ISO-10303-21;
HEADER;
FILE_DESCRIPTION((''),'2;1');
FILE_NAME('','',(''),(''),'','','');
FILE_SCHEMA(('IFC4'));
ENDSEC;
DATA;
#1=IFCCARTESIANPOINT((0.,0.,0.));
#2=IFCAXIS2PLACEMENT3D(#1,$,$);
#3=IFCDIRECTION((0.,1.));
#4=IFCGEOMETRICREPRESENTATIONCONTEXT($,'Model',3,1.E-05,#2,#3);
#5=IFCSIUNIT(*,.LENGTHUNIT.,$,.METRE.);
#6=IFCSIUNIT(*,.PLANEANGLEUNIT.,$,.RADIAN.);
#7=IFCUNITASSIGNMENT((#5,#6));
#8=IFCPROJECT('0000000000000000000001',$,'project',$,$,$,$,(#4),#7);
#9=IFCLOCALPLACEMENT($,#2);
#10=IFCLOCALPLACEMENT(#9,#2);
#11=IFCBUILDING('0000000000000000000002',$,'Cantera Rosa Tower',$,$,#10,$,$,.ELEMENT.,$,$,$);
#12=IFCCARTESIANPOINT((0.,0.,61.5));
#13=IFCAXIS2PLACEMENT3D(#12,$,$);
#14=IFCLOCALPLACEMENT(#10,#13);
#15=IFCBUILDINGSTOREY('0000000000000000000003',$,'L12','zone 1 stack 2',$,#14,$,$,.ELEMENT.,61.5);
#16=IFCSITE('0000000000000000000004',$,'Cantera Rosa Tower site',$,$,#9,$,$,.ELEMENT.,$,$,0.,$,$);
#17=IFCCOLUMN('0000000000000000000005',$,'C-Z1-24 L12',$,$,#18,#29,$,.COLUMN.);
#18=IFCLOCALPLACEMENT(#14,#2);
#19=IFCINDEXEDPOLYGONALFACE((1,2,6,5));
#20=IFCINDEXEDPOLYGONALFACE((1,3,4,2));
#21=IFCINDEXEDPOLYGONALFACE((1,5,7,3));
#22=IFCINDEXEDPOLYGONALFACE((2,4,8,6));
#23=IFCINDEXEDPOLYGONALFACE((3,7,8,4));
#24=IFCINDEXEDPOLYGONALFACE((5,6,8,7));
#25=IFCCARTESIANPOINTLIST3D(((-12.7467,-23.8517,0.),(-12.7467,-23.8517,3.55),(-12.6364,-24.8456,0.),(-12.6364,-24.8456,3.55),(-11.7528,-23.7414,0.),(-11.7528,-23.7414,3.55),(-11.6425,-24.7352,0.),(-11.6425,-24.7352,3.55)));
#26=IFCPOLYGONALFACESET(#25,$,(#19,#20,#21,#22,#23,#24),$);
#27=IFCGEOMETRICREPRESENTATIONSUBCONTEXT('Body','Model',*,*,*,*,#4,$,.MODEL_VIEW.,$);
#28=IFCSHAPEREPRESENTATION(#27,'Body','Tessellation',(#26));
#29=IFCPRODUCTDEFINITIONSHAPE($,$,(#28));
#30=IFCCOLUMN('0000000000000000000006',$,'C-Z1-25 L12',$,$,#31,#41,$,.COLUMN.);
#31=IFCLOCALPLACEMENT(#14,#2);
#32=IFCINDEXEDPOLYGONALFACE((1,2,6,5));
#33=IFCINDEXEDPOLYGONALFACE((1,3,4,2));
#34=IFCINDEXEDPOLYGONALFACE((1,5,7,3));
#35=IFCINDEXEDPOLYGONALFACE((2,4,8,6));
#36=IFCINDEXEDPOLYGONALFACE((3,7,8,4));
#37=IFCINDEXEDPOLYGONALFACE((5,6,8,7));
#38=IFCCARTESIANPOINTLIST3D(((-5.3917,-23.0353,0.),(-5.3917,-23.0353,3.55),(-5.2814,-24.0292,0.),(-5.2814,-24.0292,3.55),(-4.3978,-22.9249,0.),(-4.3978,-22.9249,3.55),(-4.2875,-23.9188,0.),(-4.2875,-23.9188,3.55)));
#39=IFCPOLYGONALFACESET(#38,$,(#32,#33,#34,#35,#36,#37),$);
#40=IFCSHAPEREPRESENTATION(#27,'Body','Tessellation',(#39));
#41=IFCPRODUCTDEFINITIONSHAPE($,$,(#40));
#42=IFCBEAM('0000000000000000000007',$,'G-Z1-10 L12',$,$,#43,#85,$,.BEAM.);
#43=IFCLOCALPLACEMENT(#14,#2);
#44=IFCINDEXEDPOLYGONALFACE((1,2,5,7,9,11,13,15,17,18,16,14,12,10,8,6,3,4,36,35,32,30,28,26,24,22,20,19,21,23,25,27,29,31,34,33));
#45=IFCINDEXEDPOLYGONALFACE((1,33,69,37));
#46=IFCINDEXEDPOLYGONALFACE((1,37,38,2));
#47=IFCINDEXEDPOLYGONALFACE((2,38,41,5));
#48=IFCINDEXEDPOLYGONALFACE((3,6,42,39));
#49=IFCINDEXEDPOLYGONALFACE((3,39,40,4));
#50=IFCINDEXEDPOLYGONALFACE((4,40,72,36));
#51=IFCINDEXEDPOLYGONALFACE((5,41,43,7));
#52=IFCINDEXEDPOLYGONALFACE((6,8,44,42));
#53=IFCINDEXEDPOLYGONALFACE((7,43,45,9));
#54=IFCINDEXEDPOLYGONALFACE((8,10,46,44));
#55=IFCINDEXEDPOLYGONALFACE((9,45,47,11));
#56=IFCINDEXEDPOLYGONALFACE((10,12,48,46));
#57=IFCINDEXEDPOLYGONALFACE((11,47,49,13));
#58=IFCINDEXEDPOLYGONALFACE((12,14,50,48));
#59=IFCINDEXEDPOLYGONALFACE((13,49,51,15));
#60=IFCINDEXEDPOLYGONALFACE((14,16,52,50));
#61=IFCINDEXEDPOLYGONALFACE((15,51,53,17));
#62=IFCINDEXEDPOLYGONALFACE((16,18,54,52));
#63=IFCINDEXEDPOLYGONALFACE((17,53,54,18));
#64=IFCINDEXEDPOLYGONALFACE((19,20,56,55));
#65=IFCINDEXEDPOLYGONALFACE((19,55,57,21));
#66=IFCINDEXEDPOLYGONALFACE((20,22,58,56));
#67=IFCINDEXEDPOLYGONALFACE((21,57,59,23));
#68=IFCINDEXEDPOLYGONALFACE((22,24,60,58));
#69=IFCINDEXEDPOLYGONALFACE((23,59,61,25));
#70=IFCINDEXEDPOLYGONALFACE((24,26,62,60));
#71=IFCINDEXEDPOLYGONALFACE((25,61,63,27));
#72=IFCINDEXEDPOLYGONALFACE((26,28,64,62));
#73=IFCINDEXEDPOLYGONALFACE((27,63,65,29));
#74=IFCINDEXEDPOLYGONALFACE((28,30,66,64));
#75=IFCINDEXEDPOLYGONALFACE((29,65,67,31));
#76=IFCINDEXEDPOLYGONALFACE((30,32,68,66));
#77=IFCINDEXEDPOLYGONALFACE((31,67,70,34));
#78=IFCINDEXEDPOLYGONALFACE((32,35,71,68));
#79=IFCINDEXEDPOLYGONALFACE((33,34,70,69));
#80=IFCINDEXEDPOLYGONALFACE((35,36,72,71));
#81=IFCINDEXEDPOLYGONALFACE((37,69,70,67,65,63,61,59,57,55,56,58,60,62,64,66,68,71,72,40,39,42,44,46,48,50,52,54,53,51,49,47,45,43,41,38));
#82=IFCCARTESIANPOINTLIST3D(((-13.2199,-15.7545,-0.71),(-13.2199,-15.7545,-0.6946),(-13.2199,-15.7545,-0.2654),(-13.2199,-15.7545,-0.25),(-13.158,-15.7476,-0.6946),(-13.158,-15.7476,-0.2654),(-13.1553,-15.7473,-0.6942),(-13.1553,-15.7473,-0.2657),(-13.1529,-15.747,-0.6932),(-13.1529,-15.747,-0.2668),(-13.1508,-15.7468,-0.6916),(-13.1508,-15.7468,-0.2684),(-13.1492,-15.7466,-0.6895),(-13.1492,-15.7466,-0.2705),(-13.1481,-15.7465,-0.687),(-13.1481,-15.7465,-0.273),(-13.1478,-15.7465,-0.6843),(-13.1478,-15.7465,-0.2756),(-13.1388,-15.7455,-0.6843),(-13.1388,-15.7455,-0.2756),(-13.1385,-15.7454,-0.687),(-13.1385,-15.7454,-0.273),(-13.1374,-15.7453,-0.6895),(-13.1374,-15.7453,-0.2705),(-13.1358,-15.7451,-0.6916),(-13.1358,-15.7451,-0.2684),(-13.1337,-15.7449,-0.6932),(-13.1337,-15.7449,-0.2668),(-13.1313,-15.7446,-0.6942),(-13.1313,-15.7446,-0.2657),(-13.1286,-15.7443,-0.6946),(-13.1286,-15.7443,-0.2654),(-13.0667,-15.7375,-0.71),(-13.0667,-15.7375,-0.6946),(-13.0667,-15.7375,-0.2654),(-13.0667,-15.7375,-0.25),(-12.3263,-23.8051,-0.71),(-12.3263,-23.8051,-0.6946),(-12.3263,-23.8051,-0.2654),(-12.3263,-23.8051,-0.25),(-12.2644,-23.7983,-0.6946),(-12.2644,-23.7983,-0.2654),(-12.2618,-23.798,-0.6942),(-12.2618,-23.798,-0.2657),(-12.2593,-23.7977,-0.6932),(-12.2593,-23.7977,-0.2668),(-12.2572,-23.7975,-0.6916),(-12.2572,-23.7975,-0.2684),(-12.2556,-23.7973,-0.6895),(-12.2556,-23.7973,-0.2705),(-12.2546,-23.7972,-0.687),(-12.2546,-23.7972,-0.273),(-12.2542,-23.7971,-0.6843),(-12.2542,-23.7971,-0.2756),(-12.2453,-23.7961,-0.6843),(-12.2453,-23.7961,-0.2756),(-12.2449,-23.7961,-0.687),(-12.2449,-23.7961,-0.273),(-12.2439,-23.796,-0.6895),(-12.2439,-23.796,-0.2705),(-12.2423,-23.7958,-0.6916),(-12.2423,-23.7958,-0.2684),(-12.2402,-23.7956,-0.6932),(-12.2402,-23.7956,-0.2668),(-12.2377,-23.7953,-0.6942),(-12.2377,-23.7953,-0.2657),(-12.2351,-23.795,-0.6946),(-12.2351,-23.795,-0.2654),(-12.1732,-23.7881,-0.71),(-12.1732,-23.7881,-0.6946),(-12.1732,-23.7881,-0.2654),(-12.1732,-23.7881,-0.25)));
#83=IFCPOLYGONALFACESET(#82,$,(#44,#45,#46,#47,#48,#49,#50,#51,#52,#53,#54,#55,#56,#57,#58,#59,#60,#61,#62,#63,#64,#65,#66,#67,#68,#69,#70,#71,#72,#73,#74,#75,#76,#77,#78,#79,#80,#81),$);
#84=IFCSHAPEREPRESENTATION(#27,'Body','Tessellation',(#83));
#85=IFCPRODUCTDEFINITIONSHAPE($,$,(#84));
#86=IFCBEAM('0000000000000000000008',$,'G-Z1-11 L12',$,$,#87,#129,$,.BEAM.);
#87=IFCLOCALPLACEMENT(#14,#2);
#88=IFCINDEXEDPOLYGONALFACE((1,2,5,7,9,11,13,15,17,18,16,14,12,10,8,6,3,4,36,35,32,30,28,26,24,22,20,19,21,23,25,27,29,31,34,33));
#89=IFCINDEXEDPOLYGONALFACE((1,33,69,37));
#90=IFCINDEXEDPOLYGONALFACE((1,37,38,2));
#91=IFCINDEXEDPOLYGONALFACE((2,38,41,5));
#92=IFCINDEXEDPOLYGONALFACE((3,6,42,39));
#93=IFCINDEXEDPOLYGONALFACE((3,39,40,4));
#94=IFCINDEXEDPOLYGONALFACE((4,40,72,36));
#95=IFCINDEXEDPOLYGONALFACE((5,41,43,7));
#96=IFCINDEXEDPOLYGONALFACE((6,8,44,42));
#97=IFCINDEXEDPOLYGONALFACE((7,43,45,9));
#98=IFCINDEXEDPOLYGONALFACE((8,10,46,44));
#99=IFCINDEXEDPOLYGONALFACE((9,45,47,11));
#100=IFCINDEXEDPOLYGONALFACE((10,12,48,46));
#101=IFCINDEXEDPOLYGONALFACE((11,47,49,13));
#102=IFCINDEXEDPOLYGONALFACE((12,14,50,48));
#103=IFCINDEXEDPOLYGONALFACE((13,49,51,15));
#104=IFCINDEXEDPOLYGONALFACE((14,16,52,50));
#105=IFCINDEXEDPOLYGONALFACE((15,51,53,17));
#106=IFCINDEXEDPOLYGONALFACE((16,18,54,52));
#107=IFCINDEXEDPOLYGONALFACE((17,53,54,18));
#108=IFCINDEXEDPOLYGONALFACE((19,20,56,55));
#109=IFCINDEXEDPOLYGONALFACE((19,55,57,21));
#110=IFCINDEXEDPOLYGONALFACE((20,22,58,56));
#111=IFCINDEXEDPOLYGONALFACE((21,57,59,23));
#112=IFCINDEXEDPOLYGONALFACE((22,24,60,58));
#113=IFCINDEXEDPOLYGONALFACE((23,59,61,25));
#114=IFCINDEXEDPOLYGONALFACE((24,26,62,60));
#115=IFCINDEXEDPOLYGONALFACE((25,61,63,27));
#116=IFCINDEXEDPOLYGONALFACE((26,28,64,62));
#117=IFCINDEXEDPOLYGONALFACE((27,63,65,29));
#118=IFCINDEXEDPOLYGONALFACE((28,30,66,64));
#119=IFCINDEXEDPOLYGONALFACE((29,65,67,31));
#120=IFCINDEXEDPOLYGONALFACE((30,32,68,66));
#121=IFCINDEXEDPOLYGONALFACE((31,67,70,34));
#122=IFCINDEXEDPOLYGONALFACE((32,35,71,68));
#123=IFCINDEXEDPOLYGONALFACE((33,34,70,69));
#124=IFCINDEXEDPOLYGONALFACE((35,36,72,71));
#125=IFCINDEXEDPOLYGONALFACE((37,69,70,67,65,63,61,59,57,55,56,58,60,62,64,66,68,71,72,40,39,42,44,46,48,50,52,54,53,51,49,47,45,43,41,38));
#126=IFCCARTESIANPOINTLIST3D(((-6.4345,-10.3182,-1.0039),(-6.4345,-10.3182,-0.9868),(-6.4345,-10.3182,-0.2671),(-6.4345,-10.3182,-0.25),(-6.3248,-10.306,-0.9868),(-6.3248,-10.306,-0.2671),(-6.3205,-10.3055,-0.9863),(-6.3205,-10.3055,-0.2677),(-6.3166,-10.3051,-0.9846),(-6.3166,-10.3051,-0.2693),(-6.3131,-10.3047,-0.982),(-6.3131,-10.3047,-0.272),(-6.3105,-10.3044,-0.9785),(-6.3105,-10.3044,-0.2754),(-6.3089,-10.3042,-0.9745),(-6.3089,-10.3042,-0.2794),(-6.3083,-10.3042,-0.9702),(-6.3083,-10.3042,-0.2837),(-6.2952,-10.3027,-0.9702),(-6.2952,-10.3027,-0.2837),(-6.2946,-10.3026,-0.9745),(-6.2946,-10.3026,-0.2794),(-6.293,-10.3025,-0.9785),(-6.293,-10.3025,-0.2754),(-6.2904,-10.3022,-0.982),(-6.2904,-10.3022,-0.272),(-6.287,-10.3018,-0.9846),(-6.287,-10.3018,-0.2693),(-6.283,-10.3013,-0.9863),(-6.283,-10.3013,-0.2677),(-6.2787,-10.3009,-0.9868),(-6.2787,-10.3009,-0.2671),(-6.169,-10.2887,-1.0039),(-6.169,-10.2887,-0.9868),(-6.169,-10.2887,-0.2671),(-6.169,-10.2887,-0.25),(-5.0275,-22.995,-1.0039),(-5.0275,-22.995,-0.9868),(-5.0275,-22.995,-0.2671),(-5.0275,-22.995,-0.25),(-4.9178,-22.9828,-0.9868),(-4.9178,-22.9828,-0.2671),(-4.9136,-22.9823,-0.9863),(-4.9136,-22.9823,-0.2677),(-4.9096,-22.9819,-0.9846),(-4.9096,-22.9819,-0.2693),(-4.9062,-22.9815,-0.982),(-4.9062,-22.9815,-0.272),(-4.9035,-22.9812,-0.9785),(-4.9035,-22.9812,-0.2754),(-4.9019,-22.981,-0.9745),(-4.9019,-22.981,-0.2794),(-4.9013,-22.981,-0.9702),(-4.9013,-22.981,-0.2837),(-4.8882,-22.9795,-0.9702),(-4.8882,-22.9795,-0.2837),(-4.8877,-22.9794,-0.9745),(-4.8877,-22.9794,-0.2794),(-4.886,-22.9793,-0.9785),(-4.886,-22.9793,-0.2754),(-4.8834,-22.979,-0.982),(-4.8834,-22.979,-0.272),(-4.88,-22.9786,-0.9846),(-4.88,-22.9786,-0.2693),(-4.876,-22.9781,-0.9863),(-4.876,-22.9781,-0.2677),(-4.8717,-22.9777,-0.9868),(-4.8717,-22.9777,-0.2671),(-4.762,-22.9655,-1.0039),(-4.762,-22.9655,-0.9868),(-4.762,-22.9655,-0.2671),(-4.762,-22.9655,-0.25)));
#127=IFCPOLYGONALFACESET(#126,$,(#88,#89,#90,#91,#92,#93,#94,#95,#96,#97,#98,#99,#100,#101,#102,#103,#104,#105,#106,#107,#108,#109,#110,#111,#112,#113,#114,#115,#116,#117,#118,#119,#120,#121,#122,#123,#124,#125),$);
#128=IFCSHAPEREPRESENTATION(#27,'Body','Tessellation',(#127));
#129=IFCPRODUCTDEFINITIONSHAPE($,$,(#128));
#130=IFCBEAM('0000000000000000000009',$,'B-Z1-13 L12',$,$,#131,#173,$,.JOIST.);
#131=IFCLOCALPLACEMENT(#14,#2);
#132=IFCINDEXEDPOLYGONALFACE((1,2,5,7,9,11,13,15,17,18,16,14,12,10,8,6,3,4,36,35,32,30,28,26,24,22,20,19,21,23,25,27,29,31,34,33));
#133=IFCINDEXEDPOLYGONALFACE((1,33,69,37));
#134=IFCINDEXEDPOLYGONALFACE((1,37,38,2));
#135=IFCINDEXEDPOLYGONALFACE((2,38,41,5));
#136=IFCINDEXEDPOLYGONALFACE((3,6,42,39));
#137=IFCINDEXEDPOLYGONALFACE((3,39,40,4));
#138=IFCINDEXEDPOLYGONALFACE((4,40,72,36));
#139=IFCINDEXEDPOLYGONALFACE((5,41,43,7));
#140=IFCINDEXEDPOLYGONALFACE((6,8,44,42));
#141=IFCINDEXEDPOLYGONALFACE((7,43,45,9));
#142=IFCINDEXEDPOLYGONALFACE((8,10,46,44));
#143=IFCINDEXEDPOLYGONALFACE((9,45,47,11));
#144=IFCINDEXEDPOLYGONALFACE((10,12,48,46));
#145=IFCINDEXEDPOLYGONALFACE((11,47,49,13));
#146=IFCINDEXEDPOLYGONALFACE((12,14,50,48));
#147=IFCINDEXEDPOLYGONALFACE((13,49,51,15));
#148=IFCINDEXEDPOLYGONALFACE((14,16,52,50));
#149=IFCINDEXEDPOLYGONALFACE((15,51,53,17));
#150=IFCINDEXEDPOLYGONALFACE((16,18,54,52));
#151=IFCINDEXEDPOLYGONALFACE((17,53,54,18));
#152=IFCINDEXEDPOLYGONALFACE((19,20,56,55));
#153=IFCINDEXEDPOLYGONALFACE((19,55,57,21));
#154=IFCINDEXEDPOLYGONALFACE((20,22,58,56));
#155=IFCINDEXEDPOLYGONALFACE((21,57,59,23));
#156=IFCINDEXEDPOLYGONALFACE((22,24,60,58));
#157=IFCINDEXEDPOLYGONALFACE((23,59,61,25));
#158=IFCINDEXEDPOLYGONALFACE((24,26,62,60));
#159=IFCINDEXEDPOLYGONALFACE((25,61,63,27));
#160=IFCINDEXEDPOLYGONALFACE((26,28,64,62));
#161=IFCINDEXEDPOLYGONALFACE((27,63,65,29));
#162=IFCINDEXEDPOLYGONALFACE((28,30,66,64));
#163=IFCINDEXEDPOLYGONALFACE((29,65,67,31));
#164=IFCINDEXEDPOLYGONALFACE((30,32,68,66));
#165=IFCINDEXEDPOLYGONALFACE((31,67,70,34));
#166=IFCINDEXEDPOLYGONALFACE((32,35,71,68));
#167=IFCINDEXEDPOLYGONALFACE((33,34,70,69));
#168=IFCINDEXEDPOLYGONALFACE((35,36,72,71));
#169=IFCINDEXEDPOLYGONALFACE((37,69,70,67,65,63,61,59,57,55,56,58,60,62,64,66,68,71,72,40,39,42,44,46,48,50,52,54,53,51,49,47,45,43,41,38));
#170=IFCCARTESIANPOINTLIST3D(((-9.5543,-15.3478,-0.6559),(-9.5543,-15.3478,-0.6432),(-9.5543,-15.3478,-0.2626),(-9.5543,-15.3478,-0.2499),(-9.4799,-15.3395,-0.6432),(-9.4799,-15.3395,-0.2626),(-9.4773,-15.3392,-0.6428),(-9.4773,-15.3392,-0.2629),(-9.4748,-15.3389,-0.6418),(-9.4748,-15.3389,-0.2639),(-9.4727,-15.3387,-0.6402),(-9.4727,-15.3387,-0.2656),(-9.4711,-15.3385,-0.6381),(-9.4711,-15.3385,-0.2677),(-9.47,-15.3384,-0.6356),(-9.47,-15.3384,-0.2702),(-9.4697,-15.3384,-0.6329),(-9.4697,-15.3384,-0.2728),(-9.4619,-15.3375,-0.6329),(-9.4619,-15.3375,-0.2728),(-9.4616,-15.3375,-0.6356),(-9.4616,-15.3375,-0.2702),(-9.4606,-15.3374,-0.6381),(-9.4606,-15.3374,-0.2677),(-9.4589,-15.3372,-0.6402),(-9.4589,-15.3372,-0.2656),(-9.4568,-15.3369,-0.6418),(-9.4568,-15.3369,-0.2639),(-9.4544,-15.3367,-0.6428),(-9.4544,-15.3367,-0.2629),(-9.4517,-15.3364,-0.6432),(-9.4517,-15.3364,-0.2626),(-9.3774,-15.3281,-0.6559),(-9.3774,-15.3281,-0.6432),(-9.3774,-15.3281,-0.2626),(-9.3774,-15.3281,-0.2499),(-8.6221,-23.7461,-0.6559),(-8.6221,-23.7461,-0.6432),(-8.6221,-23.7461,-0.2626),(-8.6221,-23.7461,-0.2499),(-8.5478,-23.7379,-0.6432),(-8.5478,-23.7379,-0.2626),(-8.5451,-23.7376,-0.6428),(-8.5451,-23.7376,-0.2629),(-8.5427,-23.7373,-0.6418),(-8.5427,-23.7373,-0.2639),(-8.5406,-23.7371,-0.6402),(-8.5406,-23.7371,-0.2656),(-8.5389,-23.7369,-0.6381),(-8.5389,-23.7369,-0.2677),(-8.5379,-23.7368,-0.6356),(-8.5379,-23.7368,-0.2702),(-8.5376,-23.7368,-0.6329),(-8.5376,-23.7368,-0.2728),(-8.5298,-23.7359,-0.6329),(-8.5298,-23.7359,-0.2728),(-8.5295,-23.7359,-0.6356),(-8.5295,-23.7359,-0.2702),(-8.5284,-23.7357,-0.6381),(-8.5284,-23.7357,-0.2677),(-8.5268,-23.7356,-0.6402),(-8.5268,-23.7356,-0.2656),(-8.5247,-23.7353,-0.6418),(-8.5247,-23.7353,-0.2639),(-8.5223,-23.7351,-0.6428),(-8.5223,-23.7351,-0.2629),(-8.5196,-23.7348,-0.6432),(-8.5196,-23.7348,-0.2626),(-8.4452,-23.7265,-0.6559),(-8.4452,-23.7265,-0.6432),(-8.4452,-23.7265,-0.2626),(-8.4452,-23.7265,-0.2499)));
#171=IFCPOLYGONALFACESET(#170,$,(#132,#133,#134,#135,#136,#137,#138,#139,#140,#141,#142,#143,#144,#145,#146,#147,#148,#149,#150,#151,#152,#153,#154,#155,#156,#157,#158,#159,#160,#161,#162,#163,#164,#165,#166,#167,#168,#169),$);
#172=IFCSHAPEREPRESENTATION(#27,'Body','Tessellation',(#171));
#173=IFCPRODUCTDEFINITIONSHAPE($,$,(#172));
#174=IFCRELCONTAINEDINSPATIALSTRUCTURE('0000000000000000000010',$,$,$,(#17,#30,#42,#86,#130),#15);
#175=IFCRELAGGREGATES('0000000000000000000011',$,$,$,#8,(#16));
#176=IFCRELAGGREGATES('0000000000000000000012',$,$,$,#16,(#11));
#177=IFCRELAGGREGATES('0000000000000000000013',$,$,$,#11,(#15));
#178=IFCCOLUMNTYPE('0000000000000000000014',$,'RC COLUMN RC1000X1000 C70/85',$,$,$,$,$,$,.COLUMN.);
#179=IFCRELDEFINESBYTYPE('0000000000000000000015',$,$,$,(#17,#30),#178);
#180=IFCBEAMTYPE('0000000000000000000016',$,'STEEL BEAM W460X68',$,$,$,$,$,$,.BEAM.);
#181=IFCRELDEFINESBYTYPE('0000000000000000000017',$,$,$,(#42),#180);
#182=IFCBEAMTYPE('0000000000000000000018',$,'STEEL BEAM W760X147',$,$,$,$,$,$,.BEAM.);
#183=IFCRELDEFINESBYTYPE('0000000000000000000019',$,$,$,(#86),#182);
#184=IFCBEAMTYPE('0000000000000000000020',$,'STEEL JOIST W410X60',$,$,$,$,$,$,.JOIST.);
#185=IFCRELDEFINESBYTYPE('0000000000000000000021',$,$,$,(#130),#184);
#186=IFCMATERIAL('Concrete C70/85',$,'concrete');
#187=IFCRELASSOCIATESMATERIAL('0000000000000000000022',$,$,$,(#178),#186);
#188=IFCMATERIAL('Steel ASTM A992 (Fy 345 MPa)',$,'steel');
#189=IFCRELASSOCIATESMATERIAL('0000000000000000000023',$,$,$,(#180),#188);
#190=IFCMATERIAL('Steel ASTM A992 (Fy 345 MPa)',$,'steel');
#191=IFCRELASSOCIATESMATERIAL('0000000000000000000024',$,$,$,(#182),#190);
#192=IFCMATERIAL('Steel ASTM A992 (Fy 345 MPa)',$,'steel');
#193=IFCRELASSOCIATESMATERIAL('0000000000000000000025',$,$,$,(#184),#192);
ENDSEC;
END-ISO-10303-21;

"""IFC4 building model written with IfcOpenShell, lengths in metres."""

from ifc_helpers import new_model, si_unit, direction, frame, origin, origin_2d, place, context, subcontext, project, spatial, rectangle, i_section, extrude, material, material_profile, profile_set, type_object, element, save


model = new_model("IFC4")

# Units and contexts
model_context = context("Model", 3, precision=1e-05, world=origin(), true_north=direction((0.0, 1.0)))
body_context = subcontext(model_context, "Body", "Model", "MODEL_VIEW")
ifc_project = project(units=[si_unit("LENGTHUNIT", "METRE"), si_unit("PLANEANGLEUNIT", "RADIAN")], contexts=[model_context])

# Site, building, storey
site_placement = place(None, origin())
site = spatial("IfcSite", under=ifc_project, at=site_placement, Name="Cantera Rosa Tower site", CompositionType="ELEMENT", RefElevation=0.0)
building_placement = place(site_placement, origin())
building = spatial("IfcBuilding", under=site, at=building_placement, Name="Cantera Rosa Tower", CompositionType="ELEMENT")
storey_placement = place(building_placement, frame((0.0, 0.0, 61.5)))
storey = spatial("IfcBuildingStorey", under=building, at=storey_placement, Name="L12", Description="zone 1 stack 2", CompositionType="ELEMENT", Elevation=61.5)

# Columns
ifc_material_1 = material(Name="Concrete C70/85", Category="concrete")
ifc_material_profile_1 = material_profile(ifc_material_1, rectangle(XDim=1.0, YDim=1.0, at=origin_2d()), Name="RC COLUMN RC1000X1000 C70/85")
ifc_profile_set_1 = profile_set([ifc_material_profile_1], Name="Concrete C70/85")
column_type = type_object("IfcColumnType", Name="RC COLUMN RC1000X1000 C70/85", PredefinedType="COLUMN", material=ifc_profile_set_1)
for number, where, z_axis, x_axis, name in (
    (1, (-12.1946, -24.2935, 0.0), (0.0, 0.0, 1.0), (0.993897, 0.110313, 0.0), "C-Z1-24 L12"),
    (2, (-4.8396, -23.4771, 0.0), (0.0, 0.0, 1.0), (0.993897, 0.110313, 0.0), "C-Z1-25 L12"),
):
    element("IfcColumn", number, at=place(storey_placement, frame(where, z_axis=z_axis, x_axis=x_axis)), inside=storey, type_object=column_type, Name=name, PredefinedType="COLUMN", context=body_context, shape_type="SweptSolid", body=[
        extrude(rectangle(XDim=1.0, YDim=1.0, at=origin_2d()), origin(), (0.0, 0.0, 1.0), 3.55),
    ])

# Beams
ifc_material_2 = material(Name="Steel ASTM A992 (Fy 345 MPa)", Category="steel")
ifc_material_profile_2 = material_profile(ifc_material_2, i_section(OverallWidth=0.1541, OverallDepth=0.46, WebThickness=0.009, FlangeThickness=0.0154, FilletRadius=0.0103, at=origin_2d()), Name="W460X68")
ifc_profile_set_2 = profile_set([ifc_material_profile_2], Name="Steel ASTM A992 (Fy 345 MPa)")
beam_type_1 = type_object("IfcBeamType", Name="STEEL BEAM W460X68", PredefinedType="BEAM", material=ifc_profile_set_2)
beam_1_placement = place(storey_placement, frame((-12.2498, -23.7966, -0.48), z_axis=(-0.110312, 0.993897, 0.0), x_axis=(-0.993897, -0.110312, 0.0)))
element("IfcBeam", 3, at=beam_1_placement, inside=storey, type_object=beam_type_1, Name="G-Z1-10 L12", PredefinedType="BEAM", context=body_context, shape_type="SweptSolid", body=[
    extrude(i_section(OverallWidth=0.1541, OverallDepth=0.46, WebThickness=0.009, FlangeThickness=0.0154, FilletRadius=0.0103, at=origin_2d()), origin(), (0.0, 0.0, 1.0), 8.1001),
])
ifc_material_3 = material(Name="Steel ASTM A992 (Fy 345 MPa)", Category="steel")
ifc_material_profile_3 = material_profile(ifc_material_3, i_section(OverallWidth=0.2671, OverallDepth=0.7539, WebThickness=0.0132, FlangeThickness=0.0171, FilletRadius=0.0166, at=origin_2d()), Name="W760X147")
ifc_profile_set_3 = profile_set([ifc_material_profile_3], Name="Steel ASTM A992 (Fy 345 MPa)")
beam_type_2 = type_object("IfcBeamType", Name="STEEL BEAM W760X147", PredefinedType="BEAM", material=ifc_profile_set_3)
beam_2_placement = place(storey_placement, frame((-4.8948, -22.9802, -0.627), z_axis=(-0.110312, 0.993897, 0.0), x_axis=(-0.993897, -0.110312, 0.0)))
element("IfcBeam", 4, at=beam_2_placement, inside=storey, type_object=beam_type_2, Name="G-Z1-11 L12", PredefinedType="BEAM", context=body_context, shape_type="SweptSolid", body=[
    extrude(i_section(OverallWidth=0.2671, OverallDepth=0.7539, WebThickness=0.0132, FlangeThickness=0.0171, FilletRadius=0.0166, at=origin_2d()), origin(), (0.0, 0.0, 1.0), 12.7546),
])
ifc_material_4 = material(Name="Steel ASTM A992 (Fy 345 MPa)", Category="steel")
ifc_material_profile_4 = material_profile(ifc_material_4, i_section(OverallWidth=0.178, OverallDepth=0.406, WebThickness=0.0078, FlangeThickness=0.0127, FilletRadius=0.0103, at=origin_2d()), Name="W410X60")
ifc_profile_set_4 = profile_set([ifc_material_profile_4], Name="Steel ASTM A992 (Fy 345 MPa)")
beam_type_3 = type_object("IfcBeamType", Name="STEEL JOIST W410X60", PredefinedType="JOIST", material=ifc_profile_set_4)
beam_3_placement = place(storey_placement, frame((-8.5337, -23.7363, -0.4529), z_axis=(-0.110311, 0.993897, 0.0), x_axis=(-0.993897, -0.110311, 0.0)))
element("IfcBeam", 5, at=beam_3_placement, inside=storey, type_object=beam_type_3, Name="B-Z1-13 L12", PredefinedType="JOIST", context=body_context, shape_type="SweptSolid", body=[
    extrude(i_section(OverallWidth=0.178, OverallDepth=0.406, WebThickness=0.0078, FlangeThickness=0.0127, FilletRadius=0.0103, at=origin_2d()), origin(), (0.0, 0.0, 1.0), 8.45),
])

save(model, "model.ifc")
